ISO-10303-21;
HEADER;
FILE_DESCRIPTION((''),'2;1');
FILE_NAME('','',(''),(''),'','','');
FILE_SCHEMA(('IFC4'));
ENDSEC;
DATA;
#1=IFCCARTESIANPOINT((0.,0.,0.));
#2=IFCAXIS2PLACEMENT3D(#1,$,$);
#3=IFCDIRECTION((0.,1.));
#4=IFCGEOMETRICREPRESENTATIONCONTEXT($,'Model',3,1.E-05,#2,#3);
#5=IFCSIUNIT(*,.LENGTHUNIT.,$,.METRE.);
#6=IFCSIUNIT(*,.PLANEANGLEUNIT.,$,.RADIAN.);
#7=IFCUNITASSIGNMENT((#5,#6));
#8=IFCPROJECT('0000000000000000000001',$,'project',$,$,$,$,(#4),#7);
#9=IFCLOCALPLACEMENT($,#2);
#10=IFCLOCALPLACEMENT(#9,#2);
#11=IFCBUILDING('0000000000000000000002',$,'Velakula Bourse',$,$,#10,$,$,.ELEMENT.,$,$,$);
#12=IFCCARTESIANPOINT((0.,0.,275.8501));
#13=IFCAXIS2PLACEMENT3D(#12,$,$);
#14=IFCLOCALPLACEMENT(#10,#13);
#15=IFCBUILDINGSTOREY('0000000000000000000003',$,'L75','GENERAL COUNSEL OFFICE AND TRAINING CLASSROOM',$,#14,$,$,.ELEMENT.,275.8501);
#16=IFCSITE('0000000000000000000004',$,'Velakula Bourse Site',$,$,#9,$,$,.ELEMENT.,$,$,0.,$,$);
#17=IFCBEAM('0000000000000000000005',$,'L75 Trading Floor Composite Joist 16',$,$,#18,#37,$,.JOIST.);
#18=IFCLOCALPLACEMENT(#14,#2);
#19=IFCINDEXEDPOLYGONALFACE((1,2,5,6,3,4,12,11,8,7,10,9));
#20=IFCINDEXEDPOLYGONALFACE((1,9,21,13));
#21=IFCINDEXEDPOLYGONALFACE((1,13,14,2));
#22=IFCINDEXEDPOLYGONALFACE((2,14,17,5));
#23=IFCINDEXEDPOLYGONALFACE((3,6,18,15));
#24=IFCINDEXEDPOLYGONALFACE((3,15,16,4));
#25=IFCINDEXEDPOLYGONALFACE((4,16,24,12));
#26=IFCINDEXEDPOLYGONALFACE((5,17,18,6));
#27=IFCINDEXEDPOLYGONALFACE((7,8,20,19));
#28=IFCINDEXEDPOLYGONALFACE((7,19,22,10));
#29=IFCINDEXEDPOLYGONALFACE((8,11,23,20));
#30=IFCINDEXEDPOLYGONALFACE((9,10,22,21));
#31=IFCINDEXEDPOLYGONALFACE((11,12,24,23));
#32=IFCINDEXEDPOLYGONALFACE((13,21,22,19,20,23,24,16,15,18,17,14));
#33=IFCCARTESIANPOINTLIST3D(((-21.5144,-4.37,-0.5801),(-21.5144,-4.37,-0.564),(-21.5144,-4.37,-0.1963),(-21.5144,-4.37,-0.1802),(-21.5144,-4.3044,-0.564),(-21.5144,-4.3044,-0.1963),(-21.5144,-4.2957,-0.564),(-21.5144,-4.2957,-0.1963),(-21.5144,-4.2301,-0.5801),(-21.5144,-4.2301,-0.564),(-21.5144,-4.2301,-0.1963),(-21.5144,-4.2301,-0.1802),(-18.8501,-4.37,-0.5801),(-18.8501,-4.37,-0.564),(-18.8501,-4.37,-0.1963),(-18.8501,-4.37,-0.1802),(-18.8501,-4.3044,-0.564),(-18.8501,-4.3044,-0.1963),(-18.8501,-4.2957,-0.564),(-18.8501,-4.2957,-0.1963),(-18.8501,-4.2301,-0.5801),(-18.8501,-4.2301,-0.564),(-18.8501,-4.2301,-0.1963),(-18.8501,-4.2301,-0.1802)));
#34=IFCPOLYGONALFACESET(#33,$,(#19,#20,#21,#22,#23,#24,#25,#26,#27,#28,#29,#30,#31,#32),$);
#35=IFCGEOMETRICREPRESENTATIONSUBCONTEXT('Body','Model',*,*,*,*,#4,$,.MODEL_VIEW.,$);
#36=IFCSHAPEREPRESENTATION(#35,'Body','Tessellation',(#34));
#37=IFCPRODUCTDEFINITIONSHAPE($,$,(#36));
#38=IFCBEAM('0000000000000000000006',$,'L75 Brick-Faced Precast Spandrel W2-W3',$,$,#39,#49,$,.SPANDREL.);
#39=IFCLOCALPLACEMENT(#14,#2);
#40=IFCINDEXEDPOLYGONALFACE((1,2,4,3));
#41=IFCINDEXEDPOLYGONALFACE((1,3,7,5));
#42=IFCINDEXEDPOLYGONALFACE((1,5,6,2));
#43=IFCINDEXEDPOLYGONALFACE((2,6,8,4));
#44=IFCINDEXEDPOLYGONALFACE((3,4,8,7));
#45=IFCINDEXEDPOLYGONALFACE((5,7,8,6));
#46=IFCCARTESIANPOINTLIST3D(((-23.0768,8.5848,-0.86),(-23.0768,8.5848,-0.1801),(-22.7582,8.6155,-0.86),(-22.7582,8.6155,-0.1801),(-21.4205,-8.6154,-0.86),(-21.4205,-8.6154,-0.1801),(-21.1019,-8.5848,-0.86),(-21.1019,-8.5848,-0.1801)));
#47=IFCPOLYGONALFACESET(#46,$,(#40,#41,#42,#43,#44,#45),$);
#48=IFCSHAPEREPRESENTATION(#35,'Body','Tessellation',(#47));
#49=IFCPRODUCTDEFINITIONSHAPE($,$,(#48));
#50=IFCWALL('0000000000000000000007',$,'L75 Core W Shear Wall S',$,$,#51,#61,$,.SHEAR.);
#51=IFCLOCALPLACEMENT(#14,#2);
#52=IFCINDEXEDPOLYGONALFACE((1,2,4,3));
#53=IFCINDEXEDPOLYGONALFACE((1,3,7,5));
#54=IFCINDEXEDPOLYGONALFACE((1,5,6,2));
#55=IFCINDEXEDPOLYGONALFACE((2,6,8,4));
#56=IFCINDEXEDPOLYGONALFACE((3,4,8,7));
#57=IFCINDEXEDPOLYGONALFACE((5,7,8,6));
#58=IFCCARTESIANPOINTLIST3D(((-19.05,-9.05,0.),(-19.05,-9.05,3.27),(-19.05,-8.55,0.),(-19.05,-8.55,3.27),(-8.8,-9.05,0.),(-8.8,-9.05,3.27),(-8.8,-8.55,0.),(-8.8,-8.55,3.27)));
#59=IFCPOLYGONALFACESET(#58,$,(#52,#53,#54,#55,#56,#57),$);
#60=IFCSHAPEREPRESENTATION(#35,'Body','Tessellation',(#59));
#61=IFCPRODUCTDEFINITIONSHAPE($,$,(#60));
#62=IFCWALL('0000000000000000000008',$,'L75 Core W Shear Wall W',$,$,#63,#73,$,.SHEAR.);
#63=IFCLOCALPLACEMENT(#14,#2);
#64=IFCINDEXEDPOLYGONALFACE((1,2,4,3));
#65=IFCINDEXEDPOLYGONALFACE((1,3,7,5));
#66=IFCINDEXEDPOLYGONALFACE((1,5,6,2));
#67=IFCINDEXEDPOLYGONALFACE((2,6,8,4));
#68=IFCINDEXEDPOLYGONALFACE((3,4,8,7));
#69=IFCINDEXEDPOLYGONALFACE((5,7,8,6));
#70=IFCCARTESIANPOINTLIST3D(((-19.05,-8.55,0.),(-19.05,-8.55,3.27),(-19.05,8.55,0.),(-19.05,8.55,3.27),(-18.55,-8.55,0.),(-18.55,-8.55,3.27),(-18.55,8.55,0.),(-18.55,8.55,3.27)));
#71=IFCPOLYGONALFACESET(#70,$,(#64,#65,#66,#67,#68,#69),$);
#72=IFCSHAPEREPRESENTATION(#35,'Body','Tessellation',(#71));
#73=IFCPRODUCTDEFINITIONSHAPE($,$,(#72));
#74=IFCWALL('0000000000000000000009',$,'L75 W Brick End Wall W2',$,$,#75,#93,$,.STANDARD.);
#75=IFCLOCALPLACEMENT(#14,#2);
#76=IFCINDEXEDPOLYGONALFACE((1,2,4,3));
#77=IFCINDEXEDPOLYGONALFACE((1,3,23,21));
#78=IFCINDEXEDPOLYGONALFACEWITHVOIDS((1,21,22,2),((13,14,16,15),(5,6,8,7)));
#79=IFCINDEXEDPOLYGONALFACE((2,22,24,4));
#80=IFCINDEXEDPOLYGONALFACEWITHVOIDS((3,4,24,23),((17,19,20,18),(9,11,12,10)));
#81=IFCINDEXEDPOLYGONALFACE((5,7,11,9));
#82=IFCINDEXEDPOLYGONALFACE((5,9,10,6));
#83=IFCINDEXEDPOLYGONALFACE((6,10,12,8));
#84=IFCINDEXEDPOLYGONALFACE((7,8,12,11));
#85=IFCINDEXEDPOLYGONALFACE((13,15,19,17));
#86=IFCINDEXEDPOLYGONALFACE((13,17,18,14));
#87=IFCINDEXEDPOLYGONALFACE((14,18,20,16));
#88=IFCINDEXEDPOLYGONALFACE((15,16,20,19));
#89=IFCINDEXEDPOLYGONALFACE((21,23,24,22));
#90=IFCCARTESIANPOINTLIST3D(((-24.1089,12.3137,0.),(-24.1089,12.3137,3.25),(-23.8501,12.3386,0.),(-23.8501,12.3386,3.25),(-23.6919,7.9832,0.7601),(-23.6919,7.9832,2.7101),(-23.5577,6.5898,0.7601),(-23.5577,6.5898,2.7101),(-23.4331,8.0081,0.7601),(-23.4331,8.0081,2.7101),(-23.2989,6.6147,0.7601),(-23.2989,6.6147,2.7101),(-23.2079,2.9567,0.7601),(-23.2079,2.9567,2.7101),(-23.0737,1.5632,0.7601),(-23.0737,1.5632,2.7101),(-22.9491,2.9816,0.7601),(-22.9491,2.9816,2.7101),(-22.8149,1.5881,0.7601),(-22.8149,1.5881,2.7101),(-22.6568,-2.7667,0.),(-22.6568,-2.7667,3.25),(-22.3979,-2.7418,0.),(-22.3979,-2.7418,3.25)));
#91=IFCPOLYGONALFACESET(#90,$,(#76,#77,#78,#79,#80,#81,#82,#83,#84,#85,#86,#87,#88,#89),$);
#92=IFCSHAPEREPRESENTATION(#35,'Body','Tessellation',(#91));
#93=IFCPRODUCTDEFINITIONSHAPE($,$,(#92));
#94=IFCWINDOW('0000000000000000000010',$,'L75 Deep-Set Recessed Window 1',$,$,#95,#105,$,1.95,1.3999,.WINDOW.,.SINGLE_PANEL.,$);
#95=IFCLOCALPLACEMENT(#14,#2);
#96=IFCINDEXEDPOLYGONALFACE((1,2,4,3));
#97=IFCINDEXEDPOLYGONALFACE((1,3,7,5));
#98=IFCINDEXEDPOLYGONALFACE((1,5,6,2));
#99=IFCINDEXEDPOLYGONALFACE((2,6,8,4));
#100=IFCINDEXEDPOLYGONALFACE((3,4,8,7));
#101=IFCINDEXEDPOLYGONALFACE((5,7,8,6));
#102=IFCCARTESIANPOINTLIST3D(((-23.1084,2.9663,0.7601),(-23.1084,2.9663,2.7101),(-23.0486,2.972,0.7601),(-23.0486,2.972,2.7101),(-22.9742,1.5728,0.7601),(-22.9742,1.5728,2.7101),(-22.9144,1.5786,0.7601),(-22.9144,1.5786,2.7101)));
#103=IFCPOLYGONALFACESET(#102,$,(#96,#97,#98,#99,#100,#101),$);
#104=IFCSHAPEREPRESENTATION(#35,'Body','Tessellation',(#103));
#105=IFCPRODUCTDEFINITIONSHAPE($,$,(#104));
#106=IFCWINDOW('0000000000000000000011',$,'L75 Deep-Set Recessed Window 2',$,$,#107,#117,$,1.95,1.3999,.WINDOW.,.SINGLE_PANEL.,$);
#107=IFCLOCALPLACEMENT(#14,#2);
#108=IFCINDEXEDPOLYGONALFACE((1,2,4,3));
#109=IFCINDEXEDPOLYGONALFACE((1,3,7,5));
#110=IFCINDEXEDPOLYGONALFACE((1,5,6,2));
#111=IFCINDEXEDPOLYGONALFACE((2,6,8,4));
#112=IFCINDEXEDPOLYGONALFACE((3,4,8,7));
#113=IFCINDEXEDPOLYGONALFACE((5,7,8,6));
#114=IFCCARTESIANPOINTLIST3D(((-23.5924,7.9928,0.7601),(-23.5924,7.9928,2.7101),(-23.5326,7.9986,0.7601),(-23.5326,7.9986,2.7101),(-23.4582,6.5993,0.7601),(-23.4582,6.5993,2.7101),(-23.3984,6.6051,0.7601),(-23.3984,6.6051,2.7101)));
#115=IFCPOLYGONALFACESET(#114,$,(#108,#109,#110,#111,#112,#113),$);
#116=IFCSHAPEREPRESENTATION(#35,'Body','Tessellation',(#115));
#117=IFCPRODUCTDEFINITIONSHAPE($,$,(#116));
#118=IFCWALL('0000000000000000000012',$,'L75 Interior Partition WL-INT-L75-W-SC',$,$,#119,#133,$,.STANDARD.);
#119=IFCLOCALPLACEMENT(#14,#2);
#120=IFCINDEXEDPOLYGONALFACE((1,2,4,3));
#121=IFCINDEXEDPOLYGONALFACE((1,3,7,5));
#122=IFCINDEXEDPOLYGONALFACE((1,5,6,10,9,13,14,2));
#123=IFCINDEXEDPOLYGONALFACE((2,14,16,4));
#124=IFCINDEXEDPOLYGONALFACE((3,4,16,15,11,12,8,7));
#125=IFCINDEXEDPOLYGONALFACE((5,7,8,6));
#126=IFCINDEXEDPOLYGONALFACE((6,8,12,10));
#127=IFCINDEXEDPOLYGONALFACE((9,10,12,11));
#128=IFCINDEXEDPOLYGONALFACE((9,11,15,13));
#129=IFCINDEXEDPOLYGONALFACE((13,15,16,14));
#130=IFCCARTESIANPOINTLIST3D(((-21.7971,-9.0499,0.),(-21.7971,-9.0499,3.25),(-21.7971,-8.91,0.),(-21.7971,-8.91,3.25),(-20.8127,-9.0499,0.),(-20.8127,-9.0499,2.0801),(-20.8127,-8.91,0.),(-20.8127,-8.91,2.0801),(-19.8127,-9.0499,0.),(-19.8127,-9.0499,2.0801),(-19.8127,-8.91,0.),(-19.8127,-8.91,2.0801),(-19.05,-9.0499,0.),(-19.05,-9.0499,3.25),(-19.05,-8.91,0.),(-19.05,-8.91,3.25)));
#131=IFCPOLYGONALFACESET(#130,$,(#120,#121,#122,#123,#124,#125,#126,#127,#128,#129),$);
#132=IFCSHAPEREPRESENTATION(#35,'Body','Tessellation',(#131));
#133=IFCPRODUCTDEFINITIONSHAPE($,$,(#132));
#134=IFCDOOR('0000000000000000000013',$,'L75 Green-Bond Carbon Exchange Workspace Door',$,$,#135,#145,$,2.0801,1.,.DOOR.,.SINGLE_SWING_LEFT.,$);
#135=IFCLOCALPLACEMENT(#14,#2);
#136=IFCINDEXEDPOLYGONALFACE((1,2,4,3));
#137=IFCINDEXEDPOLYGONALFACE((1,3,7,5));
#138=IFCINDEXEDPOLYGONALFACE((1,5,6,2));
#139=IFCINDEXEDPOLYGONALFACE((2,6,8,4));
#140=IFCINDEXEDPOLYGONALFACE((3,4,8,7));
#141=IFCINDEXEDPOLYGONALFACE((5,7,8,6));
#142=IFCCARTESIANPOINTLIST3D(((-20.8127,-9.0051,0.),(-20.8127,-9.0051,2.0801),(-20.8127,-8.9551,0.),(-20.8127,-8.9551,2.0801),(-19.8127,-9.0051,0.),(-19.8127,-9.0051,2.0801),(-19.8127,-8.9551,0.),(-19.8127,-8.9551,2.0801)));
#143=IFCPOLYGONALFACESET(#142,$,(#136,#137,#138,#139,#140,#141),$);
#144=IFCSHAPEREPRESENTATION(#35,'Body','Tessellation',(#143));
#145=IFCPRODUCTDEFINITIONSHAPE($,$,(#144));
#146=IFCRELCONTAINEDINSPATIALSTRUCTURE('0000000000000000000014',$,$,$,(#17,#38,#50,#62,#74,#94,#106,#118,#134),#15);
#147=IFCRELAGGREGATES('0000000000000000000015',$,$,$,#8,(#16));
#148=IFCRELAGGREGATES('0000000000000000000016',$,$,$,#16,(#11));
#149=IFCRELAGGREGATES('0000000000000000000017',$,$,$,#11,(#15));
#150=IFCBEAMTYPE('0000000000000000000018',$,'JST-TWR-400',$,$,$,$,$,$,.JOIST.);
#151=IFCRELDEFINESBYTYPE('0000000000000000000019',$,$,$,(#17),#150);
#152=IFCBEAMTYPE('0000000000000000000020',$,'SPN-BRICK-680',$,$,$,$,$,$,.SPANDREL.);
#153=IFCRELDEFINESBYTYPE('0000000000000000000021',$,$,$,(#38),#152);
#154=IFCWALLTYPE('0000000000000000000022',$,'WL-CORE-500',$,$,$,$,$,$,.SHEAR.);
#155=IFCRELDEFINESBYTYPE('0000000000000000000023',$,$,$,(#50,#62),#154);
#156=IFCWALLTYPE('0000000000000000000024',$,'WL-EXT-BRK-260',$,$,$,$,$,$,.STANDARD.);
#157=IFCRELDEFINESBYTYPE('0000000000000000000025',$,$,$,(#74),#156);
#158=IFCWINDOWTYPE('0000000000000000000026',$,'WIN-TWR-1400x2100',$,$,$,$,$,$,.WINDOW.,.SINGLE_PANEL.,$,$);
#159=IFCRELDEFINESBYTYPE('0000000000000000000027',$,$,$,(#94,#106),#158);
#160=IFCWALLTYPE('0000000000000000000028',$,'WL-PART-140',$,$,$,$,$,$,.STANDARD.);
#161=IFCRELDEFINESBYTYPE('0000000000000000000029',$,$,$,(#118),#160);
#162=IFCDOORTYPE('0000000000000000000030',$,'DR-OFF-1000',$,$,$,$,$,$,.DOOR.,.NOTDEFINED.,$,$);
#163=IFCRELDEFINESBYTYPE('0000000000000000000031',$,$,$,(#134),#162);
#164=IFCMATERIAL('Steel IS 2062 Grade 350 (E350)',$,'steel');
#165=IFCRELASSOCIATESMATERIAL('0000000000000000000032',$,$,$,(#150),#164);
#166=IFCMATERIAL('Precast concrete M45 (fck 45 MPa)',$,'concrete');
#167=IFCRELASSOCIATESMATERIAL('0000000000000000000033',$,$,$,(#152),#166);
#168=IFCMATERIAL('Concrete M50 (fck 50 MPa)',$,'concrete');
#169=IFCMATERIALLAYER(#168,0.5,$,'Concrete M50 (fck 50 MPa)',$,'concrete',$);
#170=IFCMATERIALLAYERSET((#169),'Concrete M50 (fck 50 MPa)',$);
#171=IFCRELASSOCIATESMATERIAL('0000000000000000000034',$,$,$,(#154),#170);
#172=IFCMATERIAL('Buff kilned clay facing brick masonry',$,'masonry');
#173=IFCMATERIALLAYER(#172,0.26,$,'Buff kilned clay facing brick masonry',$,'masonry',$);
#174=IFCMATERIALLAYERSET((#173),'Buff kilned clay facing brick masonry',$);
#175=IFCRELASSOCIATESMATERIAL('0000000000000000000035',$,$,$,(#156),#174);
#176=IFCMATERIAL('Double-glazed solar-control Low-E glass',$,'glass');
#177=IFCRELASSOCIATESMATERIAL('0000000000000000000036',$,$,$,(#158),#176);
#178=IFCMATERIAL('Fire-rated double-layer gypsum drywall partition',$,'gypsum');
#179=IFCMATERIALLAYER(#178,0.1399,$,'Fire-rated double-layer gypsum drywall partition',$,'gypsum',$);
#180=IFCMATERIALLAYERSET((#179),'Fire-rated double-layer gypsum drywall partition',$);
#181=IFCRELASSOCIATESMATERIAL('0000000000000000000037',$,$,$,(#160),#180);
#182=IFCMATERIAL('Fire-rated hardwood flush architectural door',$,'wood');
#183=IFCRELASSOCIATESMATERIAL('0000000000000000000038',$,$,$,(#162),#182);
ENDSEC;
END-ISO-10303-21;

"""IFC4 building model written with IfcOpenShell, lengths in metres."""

from ifc_helpers import new_model, si_unit, direction, frame, frame_2d, origin, origin_2d, place, context, subcontext, project, spatial, rectangle, i_section, extrude, material, layer, layer_set, material_profile, profile_set, type_object, element, fill, save


model = new_model("IFC4")

# Units and contexts
model_context = context("Model", 3, precision=1e-05, world=origin(), true_north=direction((0.0, 1.0)))
body_context = subcontext(model_context, "Body", "Model", "MODEL_VIEW")
ifc_project = project(units=[si_unit("LENGTHUNIT", "METRE"), si_unit("PLANEANGLEUNIT", "RADIAN")], contexts=[model_context])

# Site, building, storey
site_placement = place(None, origin())
site = spatial("IfcSite", under=ifc_project, at=site_placement, Name="Velakula Bourse Site", CompositionType="ELEMENT", RefElevation=0.0)
building_placement = place(site_placement, origin())
building = spatial("IfcBuilding", under=site, at=building_placement, Name="Velakula Bourse", CompositionType="ELEMENT")
storey_placement = place(building_placement, frame((0.0, 0.0, 275.8501)))
storey = spatial("IfcBuildingStorey", under=building, at=storey_placement, Name="L75", Description="GENERAL COUNSEL OFFICE AND TRAINING CLASSROOM", CompositionType="ELEMENT", Elevation=275.8501)

# Shared definitions
ifc_material_1 = material(Name="Concrete M50 (fck 50 MPa)", Category="concrete")
ifc_material_2 = material(Name="Steel IS 2062 Grade 350 (E350)", Category="steel")

# Beams
ifc_material_profile_1 = material_profile(ifc_material_2, i_section(OverallWidth=0.1399, OverallDepth=0.3999, WebThickness=0.0088, FlangeThickness=0.0161, at=origin_2d()), Name="Steel IS 2062 Grade 350 (E350)")
ifc_profile_set_1 = profile_set([ifc_material_profile_1], Name="Steel IS 2062 Grade 350 (E350)")
beam_type_1 = type_object("IfcBeamType", Name="JST-TWR-400", PredefinedType="JOIST", material=ifc_profile_set_1)
beam_1_placement = place(storey_placement, frame((-21.5144, -4.3, -0.3801), z_axis=(1.0, 0.0, 0.0), x_axis=(0.0, 1.0, 0.0)))
element("IfcBeam", 1, at=beam_1_placement, inside=storey, type_object=beam_type_1, Name="L75 Trading Floor Composite Joist 16", PredefinedType="JOIST", context=body_context, shape_type="SweptSolid", body=[
    extrude(i_section(OverallWidth=0.1399, OverallDepth=0.3999, WebThickness=0.0088, FlangeThickness=0.0161, at=origin_2d()), origin(), (0.0, 0.0, 1.0), 2.6643),
])
ifc_material_3 = material(Name="Precast concrete M45 (fck 45 MPa)", Category="concrete")
ifc_material_profile_2 = material_profile(ifc_material_3, rectangle(XDim=0.3201, YDim=0.6799, at=origin_2d()), Name="Precast concrete M45 (fck 45 MPa)")
ifc_profile_set_2 = profile_set([ifc_material_profile_2], Name="Precast concrete M45 (fck 45 MPa)")
beam_type_2 = type_object("IfcBeamType", Name="SPN-BRICK-680", PredefinedType="SPANDREL", material=ifc_profile_set_2)
beam_2_placement = place(storey_placement, frame((-21.2612, -8.6001, -0.52), z_axis=(-0.095849, 0.995396, 0.0), x_axis=(-0.995396, -0.095849, 0.0)))
element("IfcBeam", 2, at=beam_2_placement, inside=storey, type_object=beam_type_2, Name="L75 Brick-Faced Precast Spandrel W2-W3", PredefinedType="SPANDREL", context=body_context, shape_type="SweptSolid", body=[
    extrude(rectangle(XDim=0.3201, YDim=0.6799, at=origin_2d()), origin(), (0.0, 0.0, 1.0), 17.2798),
])

# Walls
ifc_layer_1 = layer(ifc_material_1, 0.5, Name="Concrete M50 (fck 50 MPa)", Category="concrete")
ifc_layer_set_1 = layer_set([ifc_layer_1], Name="Concrete M50 (fck 50 MPa)")
wall_type_1 = type_object("IfcWallType", Name="WL-CORE-500", PredefinedType="SHEAR", material=ifc_layer_set_1)
wall_1_placement = place(storey_placement, frame((-19.05, -8.8, 0.0), z_axis=(0.0, 0.0, 1.0), x_axis=(1.0, 0.0, 0.0)))
element("IfcWall", 3, at=wall_1_placement, inside=storey, type_object=wall_type_1, Name="L75 Core W Shear Wall S", PredefinedType="SHEAR", context=body_context, shape_type="SweptSolid", body=[
    extrude(rectangle(XDim=10.25, YDim=0.5, at=frame_2d((5.125, 0.0))), origin(), (0.0, 0.0, 1.0), 3.27),
])
wall_2_placement = place(storey_placement, frame((-18.8, -8.55, 0.0), z_axis=(0.0, 0.0, 1.0), x_axis=(0.0, 1.0, 0.0)))
element("IfcWall", 4, at=wall_2_placement, inside=storey, type_object=wall_type_1, Name="L75 Core W Shear Wall W", PredefinedType="SHEAR", context=body_context, shape_type="SweptSolid", body=[
    extrude(rectangle(XDim=17.1001, YDim=0.5, at=frame_2d((8.55, 0.0))), origin(), (0.0, 0.0, 1.0), 3.27),
])

# Wall, openings, windows
ifc_material_4 = material(Name="Buff kilned clay facing brick masonry", Category="masonry")
ifc_layer_2 = layer(ifc_material_4, 0.26, Name="Buff kilned clay facing brick masonry", Category="masonry")
ifc_layer_set_2 = layer_set([ifc_layer_2], Name="Buff kilned clay facing brick masonry")
wall_type_2 = type_object("IfcWallType", Name="WL-EXT-BRK-260", PredefinedType="STANDARD", material=ifc_layer_set_2)
wall_3_placement = place(storey_placement, frame((-22.5273, -2.7544, 0.0), z_axis=(0.0, 0.0, 1.0), x_axis=(-0.095851, 0.995396, 0.0)))
wall_3 = element("IfcWall", 5, at=wall_3_placement, inside=storey, type_object=wall_type_2, Name="L75 W Brick End Wall W2", PredefinedType="STANDARD", context=body_context, shape_type="SweptSolid", body=[
    extrude(rectangle(XDim=15.1501, YDim=0.26, at=frame_2d((7.5752, 0.0))), origin(), (0.0, 0.0, 1.0), 3.25),
])
opening_1_placement = place(wall_3_placement, frame((4.3501, 0.0, 0.76)))
opening_1 = element("IfcOpeningElement", 6, at=opening_1_placement, cuts=wall_3, PredefinedType="OPENING", context=body_context, shape_type="SweptSolid", body=[
    extrude(rectangle(XDim=1.3999, YDim=1.95, at=frame_2d((0.7, 0.9751))), frame((0.0, 0.1399, 0.0), z_axis=(0.0, -1.0, 0.0), x_axis=(1.0, 0.0, 0.0)), (0.0, 0.0, 1.0), 0.28),
])
opening_2_placement = place(wall_3_placement, frame((9.3999, 0.0, 0.76)))
opening_2 = element("IfcOpeningElement", 7, at=opening_2_placement, cuts=wall_3, PredefinedType="OPENING", context=body_context, shape_type="SweptSolid", body=[
    extrude(rectangle(XDim=1.3999, YDim=1.95, at=frame_2d((0.7, 0.9751))), frame((0.0, 0.1399, 0.0), z_axis=(0.0, -1.0, 0.0), x_axis=(1.0, 0.0, 0.0)), (0.0, 0.0, 1.0), 0.28),
])
ifc_material_5 = material(Name="Double-glazed solar-control Low-E glass", Category="glass")
window_type = type_object("IfcWindowType", Name="WIN-TWR-1400x2100", PartitioningType="SINGLE_PANEL", PredefinedType="WINDOW", material=ifc_material_5)
window_1_placement = place(opening_1_placement, origin())
window_1 = element("IfcWindow", 8, at=window_1_placement, inside=storey, type_object=window_type, Name="L75 Deep-Set Recessed Window 1", OverallHeight=1.95, OverallWidth=1.3999, PartitioningType="SINGLE_PANEL", PredefinedType="WINDOW", context=body_context, shape_type="SweptSolid", body=[
    extrude(rectangle(XDim=1.3999, YDim=1.95, at=frame_2d((0.7, 0.9751))), frame((0.0, 0.03, 0.0), z_axis=(0.0, -1.0, 0.0), x_axis=(1.0, 0.0, 0.0)), (0.0, 0.0, 1.0), 0.0601),
])
fill(opening_1, window_1)
window_2_placement = place(opening_2_placement, origin())
window_2 = element("IfcWindow", 9, at=window_2_placement, inside=storey, type_object=window_type, Name="L75 Deep-Set Recessed Window 2", OverallHeight=1.95, OverallWidth=1.3999, PartitioningType="SINGLE_PANEL", PredefinedType="WINDOW", context=body_context, shape_type="SweptSolid", body=[
    extrude(rectangle(XDim=1.3999, YDim=1.95, at=frame_2d((0.7, 0.9751))), frame((0.0, 0.03, 0.0), z_axis=(0.0, -1.0, 0.0), x_axis=(1.0, 0.0, 0.0)), (0.0, 0.0, 1.0), 0.0601),
])
fill(opening_2, window_2)

# Shared definitions
ifc_material_6 = material(Name="Fire-rated double-layer gypsum drywall partition", Category="gypsum")
ifc_layer_3 = layer(ifc_material_6, 0.1399, Name="Fire-rated double-layer gypsum drywall partition", Category="gypsum")
ifc_layer_set_3 = layer_set([ifc_layer_3], Name="Fire-rated double-layer gypsum drywall partition")
wall_type_3 = type_object("IfcWallType", Name="WL-PART-140", PredefinedType="STANDARD", material=ifc_layer_set_3)
ifc_material_7 = material(Name="Fire-rated hardwood flush architectural door", Category="wood")
door_type_1 = type_object("IfcDoorType", Name="DR-OFF-1000", OperationType="NOTDEFINED", PredefinedType="DOOR", material=ifc_material_7)

# Wall, opening, door
wall_4_placement = place(storey_placement, frame((-21.7971, -8.98, 0.0), z_axis=(0.0, 0.0, 1.0), x_axis=(1.0, 0.0, 0.0)))
wall_4 = element("IfcWall", 10, at=wall_4_placement, inside=storey, type_object=wall_type_3, Name="L75 Interior Partition WL-INT-L75-W-SC", PredefinedType="STANDARD", context=body_context, shape_type="SweptSolid", body=[
    extrude(rectangle(XDim=2.7471, YDim=0.1399, at=frame_2d((1.3735, 0.0))), origin(), (0.0, 0.0, 1.0), 3.25),
])
opening_3_placement = place(wall_4_placement, frame((0.9844, 0.0, 0.0)))
opening_3 = element("IfcOpeningElement", 11, at=opening_3_placement, cuts=wall_4, PredefinedType="OPENING", context=body_context, shape_type="SweptSolid", body=[
    extrude(rectangle(XDim=1.0, YDim=2.0801, at=frame_2d((0.5, 1.04))), frame((0.0, 0.0798, 0.0), z_axis=(0.0, -1.0, 0.0), x_axis=(1.0, 0.0, 0.0)), (0.0, 0.0, 1.0), 0.1599),
])
door_1_placement = place(opening_3_placement, origin())
door_1 = element("IfcDoor", 12, at=door_1_placement, inside=storey, type_object=door_type_1, Name="L75 Green-Bond Carbon Exchange Workspace Door", OperationType="SINGLE_SWING_LEFT", OverallHeight=2.0801, OverallWidth=1.0, PredefinedType="DOOR", context=body_context, shape_type="SweptSolid", body=[
    extrude(rectangle(XDim=1.0, YDim=2.0801, at=frame_2d((0.5, 1.04))), frame((0.0, 0.0249, 0.0), z_axis=(0.0, -1.0, 0.0), x_axis=(1.0, 0.0, 0.0)), (0.0, 0.0, 1.0), 0.05),
])
fill(opening_3, door_1)

save(model, "model.ifc")
